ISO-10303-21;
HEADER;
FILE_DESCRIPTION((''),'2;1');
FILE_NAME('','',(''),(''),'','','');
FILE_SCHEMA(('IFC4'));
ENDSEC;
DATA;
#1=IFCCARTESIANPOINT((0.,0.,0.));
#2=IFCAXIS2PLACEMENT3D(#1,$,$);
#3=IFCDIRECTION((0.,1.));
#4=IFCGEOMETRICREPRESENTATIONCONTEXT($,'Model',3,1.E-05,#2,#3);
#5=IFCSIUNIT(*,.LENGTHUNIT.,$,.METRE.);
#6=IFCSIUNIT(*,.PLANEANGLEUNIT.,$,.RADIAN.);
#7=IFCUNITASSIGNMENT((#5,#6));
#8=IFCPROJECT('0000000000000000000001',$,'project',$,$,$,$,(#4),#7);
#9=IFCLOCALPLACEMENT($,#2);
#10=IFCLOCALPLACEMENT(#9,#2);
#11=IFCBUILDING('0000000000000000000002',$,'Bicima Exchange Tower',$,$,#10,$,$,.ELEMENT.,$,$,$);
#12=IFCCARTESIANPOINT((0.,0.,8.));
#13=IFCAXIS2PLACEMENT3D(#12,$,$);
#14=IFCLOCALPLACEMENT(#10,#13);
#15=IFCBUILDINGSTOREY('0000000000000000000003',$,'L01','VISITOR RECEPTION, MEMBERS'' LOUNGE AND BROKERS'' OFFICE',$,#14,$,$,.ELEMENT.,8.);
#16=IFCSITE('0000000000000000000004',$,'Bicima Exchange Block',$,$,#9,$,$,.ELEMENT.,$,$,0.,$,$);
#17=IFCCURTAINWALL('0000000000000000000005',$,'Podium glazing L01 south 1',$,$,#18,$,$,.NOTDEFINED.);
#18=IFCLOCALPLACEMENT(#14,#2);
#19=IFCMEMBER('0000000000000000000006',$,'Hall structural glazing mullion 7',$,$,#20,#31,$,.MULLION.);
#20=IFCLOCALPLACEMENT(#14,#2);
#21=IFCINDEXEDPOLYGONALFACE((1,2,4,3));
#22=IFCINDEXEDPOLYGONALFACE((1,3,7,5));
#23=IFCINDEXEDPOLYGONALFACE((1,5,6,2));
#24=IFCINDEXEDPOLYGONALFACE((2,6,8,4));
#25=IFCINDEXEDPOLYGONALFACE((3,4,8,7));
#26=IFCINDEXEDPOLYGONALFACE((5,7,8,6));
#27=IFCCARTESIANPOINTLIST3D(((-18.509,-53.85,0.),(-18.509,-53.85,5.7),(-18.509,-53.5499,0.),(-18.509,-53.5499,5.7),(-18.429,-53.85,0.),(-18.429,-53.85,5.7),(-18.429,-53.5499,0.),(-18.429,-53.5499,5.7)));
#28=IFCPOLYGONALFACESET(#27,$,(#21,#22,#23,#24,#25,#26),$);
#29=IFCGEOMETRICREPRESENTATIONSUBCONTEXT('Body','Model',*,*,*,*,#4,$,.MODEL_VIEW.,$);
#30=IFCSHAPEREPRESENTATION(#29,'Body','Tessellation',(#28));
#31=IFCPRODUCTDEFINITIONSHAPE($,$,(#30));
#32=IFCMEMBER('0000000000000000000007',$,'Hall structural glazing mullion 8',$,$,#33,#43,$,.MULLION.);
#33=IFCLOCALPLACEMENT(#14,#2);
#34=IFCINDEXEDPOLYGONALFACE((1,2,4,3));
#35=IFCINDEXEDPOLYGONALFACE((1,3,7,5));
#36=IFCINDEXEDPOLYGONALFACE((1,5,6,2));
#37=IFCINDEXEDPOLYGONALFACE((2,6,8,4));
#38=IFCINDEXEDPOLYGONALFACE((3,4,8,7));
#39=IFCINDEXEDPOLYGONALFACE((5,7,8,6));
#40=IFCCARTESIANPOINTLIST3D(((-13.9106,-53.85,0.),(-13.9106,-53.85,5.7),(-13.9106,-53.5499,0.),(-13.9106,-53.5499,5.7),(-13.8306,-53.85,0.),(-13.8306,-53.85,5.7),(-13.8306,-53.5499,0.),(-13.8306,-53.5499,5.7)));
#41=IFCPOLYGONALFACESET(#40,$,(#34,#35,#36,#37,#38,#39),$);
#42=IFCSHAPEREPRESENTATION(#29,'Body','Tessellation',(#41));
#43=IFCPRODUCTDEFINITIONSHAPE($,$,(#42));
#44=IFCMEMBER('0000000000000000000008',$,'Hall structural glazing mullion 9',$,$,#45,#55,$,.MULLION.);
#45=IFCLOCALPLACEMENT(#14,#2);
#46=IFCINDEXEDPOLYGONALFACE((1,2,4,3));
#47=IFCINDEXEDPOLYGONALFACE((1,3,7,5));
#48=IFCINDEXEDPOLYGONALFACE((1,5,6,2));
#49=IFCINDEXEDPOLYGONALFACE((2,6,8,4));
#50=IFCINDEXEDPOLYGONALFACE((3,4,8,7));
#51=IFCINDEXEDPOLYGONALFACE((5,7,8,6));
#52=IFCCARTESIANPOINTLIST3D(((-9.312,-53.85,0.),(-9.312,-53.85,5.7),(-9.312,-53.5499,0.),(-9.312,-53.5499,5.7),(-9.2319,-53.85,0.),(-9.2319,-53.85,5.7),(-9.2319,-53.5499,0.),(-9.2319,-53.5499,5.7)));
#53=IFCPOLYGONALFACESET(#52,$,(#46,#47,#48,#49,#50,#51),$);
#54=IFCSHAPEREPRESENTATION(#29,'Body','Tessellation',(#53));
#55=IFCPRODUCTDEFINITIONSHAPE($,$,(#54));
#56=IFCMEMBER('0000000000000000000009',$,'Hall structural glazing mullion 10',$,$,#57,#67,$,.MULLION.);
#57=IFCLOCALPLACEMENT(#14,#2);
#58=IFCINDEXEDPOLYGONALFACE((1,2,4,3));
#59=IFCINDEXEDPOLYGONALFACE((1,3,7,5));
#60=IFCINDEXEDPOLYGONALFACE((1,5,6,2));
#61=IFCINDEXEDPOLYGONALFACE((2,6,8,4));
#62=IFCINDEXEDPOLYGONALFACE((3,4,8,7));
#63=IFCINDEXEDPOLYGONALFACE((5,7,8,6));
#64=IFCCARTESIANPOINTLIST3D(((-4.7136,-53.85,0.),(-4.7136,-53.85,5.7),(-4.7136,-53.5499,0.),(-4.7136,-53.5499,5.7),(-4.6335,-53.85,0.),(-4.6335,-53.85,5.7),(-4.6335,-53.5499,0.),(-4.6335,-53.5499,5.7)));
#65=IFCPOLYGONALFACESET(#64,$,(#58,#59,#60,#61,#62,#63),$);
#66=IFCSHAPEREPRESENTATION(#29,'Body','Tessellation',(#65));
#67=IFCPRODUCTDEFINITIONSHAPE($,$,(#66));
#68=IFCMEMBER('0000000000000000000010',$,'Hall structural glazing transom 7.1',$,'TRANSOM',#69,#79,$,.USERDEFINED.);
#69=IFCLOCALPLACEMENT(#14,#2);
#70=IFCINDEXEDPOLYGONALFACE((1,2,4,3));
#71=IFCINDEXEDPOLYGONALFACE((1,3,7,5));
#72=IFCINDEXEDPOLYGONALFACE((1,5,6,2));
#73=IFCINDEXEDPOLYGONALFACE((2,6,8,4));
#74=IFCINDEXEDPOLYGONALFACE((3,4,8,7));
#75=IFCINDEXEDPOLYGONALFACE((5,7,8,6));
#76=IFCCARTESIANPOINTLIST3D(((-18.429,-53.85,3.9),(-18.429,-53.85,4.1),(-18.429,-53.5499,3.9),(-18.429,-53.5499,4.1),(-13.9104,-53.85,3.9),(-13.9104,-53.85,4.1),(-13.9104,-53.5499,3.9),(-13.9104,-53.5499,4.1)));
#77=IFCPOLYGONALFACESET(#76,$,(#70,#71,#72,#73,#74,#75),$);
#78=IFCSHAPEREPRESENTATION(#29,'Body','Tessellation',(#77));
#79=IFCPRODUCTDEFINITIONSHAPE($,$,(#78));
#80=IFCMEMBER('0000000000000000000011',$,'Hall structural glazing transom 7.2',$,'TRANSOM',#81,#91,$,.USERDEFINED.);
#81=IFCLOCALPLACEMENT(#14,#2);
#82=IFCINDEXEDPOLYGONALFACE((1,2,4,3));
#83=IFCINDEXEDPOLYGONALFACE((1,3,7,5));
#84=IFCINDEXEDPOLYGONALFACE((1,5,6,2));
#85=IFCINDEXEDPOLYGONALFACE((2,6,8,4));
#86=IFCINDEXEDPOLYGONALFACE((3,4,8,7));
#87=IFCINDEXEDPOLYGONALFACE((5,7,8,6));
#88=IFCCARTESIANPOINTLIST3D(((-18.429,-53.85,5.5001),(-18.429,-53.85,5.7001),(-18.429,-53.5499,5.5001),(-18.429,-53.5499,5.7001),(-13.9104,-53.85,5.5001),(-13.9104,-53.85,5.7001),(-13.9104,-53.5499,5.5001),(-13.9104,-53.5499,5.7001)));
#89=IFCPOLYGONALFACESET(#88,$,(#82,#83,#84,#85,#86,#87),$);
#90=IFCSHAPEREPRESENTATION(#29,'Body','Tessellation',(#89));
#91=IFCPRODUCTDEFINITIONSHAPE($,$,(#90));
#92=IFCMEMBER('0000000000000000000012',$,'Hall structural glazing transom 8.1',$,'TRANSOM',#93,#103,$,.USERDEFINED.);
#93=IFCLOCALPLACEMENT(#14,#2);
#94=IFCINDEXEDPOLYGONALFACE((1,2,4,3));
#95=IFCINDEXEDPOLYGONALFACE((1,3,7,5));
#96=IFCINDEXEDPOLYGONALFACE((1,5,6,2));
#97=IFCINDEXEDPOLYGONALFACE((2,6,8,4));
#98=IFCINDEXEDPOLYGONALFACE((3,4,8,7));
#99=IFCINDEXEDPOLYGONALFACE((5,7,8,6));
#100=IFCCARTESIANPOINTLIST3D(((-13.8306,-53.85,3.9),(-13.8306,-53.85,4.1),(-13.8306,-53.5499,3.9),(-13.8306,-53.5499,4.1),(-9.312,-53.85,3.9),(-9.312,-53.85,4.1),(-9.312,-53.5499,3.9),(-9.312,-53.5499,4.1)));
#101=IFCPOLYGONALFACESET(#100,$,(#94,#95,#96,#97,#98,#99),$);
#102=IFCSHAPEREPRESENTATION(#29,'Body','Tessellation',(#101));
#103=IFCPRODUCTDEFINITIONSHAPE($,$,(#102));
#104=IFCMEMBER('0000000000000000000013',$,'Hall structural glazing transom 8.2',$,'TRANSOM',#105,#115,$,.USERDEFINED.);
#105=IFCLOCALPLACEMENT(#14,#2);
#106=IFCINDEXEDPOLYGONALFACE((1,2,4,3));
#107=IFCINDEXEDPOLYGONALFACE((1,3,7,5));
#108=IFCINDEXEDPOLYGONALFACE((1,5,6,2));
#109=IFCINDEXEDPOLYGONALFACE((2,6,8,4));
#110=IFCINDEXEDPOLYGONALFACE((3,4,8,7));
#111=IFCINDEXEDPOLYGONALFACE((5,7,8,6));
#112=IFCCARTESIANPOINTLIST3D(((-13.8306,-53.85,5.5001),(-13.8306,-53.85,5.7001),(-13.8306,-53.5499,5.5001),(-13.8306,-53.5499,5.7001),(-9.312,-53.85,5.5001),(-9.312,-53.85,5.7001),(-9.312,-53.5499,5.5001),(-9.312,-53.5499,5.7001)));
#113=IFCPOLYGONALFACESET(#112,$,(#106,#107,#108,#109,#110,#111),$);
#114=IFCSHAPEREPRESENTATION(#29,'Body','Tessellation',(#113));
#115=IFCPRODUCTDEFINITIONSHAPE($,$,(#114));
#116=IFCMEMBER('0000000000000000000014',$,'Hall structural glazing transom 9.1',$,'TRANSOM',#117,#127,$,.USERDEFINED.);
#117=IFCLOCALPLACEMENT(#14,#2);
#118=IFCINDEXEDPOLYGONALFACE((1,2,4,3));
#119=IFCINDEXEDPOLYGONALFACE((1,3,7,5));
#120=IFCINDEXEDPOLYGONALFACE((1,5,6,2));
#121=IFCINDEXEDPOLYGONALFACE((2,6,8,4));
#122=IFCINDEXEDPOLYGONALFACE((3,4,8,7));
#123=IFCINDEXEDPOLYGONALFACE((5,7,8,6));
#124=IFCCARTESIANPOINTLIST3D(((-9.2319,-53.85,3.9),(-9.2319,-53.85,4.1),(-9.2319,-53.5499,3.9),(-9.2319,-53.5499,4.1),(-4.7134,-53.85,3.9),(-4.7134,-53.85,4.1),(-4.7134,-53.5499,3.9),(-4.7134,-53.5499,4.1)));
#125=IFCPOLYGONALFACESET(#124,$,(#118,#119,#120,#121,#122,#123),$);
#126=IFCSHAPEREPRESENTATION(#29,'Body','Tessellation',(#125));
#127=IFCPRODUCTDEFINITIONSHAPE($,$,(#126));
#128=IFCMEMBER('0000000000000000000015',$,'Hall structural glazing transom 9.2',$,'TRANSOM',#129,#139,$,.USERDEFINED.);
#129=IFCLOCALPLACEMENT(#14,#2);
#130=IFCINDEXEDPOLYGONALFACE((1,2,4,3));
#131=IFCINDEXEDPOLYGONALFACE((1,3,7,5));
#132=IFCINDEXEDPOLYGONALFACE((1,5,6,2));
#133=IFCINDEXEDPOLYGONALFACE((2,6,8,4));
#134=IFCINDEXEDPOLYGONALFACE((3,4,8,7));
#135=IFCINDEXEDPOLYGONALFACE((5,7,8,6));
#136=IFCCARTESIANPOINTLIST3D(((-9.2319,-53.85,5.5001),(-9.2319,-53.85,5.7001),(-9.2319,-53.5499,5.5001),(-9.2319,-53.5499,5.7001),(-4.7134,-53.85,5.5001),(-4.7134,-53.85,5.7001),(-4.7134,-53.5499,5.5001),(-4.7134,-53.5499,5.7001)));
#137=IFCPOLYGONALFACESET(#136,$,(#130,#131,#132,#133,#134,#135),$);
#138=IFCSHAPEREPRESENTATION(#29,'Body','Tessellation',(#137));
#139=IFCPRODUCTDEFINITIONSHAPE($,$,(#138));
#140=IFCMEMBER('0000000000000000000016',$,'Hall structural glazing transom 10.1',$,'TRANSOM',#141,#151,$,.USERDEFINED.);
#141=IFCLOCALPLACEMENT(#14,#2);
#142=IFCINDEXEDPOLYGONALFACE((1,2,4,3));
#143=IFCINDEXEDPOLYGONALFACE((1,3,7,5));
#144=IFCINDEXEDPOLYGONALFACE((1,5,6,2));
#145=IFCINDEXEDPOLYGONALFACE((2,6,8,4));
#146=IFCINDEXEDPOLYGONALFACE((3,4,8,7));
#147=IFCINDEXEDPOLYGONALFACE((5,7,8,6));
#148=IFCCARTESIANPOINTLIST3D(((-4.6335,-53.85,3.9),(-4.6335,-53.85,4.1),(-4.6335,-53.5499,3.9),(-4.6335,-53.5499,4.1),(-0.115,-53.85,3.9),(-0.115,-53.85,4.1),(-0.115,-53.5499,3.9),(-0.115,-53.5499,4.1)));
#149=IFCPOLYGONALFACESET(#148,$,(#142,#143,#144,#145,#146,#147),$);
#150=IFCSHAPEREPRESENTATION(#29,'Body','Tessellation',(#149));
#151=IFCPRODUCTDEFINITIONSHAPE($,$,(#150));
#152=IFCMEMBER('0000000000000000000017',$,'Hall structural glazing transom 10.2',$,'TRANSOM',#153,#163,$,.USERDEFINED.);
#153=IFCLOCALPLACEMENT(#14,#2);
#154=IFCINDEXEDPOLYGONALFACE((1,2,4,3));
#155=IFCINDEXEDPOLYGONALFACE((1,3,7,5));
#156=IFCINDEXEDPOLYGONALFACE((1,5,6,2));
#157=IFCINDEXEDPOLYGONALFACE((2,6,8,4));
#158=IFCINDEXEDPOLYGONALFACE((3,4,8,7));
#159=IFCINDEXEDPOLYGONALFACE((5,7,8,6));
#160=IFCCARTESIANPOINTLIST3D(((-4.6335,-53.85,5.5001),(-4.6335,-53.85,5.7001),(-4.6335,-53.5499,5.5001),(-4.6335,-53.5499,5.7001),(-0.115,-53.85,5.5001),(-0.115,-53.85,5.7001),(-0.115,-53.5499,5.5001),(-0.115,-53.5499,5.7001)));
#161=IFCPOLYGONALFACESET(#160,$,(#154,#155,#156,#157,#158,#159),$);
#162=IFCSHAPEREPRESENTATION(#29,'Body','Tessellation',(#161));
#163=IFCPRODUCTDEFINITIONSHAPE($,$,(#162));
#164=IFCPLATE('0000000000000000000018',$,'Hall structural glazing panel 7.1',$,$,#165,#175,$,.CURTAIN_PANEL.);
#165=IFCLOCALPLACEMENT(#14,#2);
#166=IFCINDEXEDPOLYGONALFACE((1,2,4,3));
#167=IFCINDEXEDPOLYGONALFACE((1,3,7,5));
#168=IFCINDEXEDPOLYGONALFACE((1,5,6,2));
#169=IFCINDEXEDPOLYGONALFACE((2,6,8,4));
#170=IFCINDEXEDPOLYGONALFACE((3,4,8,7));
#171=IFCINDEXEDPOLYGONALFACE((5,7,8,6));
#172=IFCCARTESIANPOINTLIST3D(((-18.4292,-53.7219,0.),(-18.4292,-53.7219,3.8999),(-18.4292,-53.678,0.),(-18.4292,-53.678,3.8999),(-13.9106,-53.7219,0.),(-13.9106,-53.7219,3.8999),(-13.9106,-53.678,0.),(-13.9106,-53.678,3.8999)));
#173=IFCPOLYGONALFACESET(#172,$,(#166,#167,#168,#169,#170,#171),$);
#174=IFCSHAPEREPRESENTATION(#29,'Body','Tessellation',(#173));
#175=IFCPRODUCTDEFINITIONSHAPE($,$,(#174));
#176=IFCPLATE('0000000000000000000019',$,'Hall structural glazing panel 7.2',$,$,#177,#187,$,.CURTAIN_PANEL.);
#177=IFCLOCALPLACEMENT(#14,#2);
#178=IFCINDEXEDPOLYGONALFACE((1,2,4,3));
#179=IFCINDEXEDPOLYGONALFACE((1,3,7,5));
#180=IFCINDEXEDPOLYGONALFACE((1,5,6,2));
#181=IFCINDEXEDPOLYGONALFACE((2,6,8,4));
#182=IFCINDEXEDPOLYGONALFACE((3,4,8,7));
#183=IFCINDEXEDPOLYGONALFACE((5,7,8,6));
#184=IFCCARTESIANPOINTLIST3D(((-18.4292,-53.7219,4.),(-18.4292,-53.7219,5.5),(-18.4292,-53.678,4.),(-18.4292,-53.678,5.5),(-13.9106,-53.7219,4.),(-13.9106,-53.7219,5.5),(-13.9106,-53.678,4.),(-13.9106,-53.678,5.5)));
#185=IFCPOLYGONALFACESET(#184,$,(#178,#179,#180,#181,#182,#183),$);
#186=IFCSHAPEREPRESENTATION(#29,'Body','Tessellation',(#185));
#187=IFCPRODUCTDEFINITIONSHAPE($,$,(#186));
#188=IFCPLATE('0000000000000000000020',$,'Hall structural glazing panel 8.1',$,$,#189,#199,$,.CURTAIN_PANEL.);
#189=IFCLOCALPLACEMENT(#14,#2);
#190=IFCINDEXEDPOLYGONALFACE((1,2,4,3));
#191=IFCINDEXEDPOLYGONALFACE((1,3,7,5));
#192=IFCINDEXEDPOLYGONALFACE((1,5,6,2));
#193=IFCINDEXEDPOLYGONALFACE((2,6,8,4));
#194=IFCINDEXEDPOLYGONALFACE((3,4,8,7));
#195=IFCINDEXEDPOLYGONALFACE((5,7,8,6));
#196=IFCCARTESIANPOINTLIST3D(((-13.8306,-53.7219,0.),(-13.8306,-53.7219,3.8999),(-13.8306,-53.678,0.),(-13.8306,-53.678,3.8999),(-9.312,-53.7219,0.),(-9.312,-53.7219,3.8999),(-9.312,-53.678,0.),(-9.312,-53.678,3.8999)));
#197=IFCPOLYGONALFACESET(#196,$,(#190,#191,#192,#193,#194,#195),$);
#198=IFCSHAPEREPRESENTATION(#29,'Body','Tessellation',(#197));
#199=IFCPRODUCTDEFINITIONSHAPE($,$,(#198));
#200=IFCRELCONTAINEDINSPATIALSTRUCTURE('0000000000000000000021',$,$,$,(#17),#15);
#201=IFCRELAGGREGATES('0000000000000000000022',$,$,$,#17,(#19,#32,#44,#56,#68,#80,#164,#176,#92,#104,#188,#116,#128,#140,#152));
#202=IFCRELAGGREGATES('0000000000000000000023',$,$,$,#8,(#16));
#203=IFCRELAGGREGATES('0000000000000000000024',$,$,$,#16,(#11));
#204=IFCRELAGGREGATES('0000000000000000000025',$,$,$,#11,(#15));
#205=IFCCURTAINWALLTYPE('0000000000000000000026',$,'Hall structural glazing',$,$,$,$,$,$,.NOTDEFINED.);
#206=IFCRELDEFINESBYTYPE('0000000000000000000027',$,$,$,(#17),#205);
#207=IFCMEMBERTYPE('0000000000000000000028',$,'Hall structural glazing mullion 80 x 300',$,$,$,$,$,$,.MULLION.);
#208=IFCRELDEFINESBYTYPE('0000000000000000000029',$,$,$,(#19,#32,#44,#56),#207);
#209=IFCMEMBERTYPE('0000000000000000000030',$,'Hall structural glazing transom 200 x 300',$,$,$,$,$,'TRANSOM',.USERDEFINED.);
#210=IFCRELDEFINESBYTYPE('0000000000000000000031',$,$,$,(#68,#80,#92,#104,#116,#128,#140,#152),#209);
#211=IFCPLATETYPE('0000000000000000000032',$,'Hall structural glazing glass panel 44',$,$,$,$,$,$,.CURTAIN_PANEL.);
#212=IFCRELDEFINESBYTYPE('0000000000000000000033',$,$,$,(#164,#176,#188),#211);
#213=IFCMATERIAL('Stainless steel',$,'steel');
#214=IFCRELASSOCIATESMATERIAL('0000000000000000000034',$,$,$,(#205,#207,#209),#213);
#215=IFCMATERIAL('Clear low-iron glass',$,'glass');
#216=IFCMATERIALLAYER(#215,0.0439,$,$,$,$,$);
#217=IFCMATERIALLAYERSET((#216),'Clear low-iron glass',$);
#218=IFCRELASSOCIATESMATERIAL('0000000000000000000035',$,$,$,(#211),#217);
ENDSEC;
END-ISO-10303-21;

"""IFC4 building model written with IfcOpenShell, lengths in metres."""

from ifc_helpers import new_model, si_unit, direction, frame, origin, origin_2d, place, context, subcontext, project, spatial, rectangle, extrude, material, layer, layer_set, material_profile, profile_set, type_object, element, aggregate, save


model = new_model("IFC4")

# Units and contexts
model_context = context("Model", 3, precision=1e-05, world=origin(), true_north=direction((0.0, 1.0)))
body_context = subcontext(model_context, "Body", "Model", "MODEL_VIEW")
ifc_project = project(units=[si_unit("LENGTHUNIT", "METRE"), si_unit("PLANEANGLEUNIT", "RADIAN")], contexts=[model_context])

# Site, building, storey
site_placement = place(None, origin())
site = spatial("IfcSite", under=ifc_project, at=site_placement, Name="Bicima Exchange Block", CompositionType="ELEMENT", RefElevation=0.0)
building_placement = place(site_placement, origin())
building = spatial("IfcBuilding", under=site, at=building_placement, Name="Bicima Exchange Tower", CompositionType="ELEMENT")
storey_placement = place(building_placement, frame((0.0, 0.0, 8.0)))
storey = spatial("IfcBuildingStorey", under=building, at=storey_placement, Name="L01", Description="VISITOR RECEPTION, MEMBERS' LOUNGE AND BROKERS' OFFICE", CompositionType="ELEMENT", Elevation=8.0)

# Curtain wall, members, plates
ifc_material_1 = material(Name="Stainless steel", Category="steel")
curtain_wall_type = type_object("IfcCurtainWallType", Name="Hall structural glazing", PredefinedType="NOTDEFINED", material=ifc_material_1)
curtain_wall_placement = place(storey_placement, origin())
curtain_wall = element("IfcCurtainWall", 1, at=curtain_wall_placement, inside=storey, type_object=curtain_wall_type, Name="Podium glazing L01 south 1", PredefinedType="NOTDEFINED")
ifc_material_profile_1 = material_profile(ifc_material_1, rectangle(XDim=0.3, YDim=0.0801, at=origin_2d()))
ifc_profile_set_1 = profile_set([ifc_material_profile_1], Name="Stainless steel")
member_type_1 = type_object("IfcMemberType", Name="Hall structural glazing mullion 80 x 300", PredefinedType="MULLION", material=ifc_profile_set_1)
member_1_placement = place(storey_placement, frame((-18.469, -53.7, 0.0), z_axis=(0.0, 0.0, 1.0), x_axis=(0.0, 1.0, 0.0)))
member_1 = element("IfcMember", 2, at=member_1_placement, type_object=member_type_1, Name="Hall structural glazing mullion 7", PredefinedType="MULLION", context=body_context, shape_type="SweptSolid", body=[
    extrude(rectangle(XDim=0.3, YDim=0.0801, at=origin_2d()), origin(), (0.0, 0.0, 1.0), 5.7),
])
member_2_placement = place(storey_placement, frame((-13.8706, -53.7, 0.0), z_axis=(0.0, 0.0, 1.0), x_axis=(0.0, 1.0, 0.0)))
member_2 = element("IfcMember", 3, at=member_2_placement, type_object=member_type_1, Name="Hall structural glazing mullion 8", PredefinedType="MULLION", context=body_context, shape_type="SweptSolid", body=[
    extrude(rectangle(XDim=0.3, YDim=0.0801, at=origin_2d()), origin(), (0.0, 0.0, 1.0), 5.7),
])
member_3_placement = place(storey_placement, frame((-9.272, -53.7, 0.0), z_axis=(0.0, 0.0, 1.0), x_axis=(0.0, 1.0, 0.0)))
member_3 = element("IfcMember", 4, at=member_3_placement, type_object=member_type_1, Name="Hall structural glazing mullion 9", PredefinedType="MULLION", context=body_context, shape_type="SweptSolid", body=[
    extrude(rectangle(XDim=0.3, YDim=0.0801, at=origin_2d()), origin(), (0.0, 0.0, 1.0), 5.7),
])
member_4_placement = place(storey_placement, frame((-4.6736, -53.7, 0.0), z_axis=(0.0, 0.0, 1.0), x_axis=(0.0, 1.0, 0.0)))
member_4 = element("IfcMember", 5, at=member_4_placement, type_object=member_type_1, Name="Hall structural glazing mullion 10", PredefinedType="MULLION", context=body_context, shape_type="SweptSolid", body=[
    extrude(rectangle(XDim=0.3, YDim=0.0801, at=origin_2d()), origin(), (0.0, 0.0, 1.0), 5.7),
])
ifc_material_profile_2 = material_profile(ifc_material_1, rectangle(XDim=0.3, YDim=0.2, at=origin_2d()))
ifc_profile_set_2 = profile_set([ifc_material_profile_2], Name="Stainless steel")
member_type_2 = type_object("IfcMemberType", Name="Hall structural glazing transom 200 x 300", ElementType="TRANSOM", PredefinedType="USERDEFINED", material=ifc_profile_set_2)
member_5_placement = place(storey_placement, frame((-18.429, -53.7, 4.0), z_axis=(1.0, 0.0, 0.0), x_axis=(0.0, 1.0, 0.0)))
member_5 = element("IfcMember", 6, at=member_5_placement, type_object=member_type_2, Name="Hall structural glazing transom 7.1", ObjectType="TRANSOM", PredefinedType="USERDEFINED", context=body_context, shape_type="SweptSolid", body=[
    extrude(rectangle(XDim=0.3, YDim=0.2, at=origin_2d()), origin(), (0.0, 0.0, 1.0), 4.5186),
])
member_6_placement = place(storey_placement, frame((-18.429, -53.7, 5.6001), z_axis=(1.0, 0.0, 0.0), x_axis=(0.0, 1.0, 0.0)))
member_6 = element("IfcMember", 7, at=member_6_placement, type_object=member_type_2, Name="Hall structural glazing transom 7.2", ObjectType="TRANSOM", PredefinedType="USERDEFINED", context=body_context, shape_type="SweptSolid", body=[
    extrude(rectangle(XDim=0.3, YDim=0.2, at=origin_2d()), origin(), (0.0, 0.0, 1.0), 4.5186),
])
member_7_placement = place(storey_placement, frame((-13.8306, -53.7, 4.0), z_axis=(1.0, 0.0, 0.0), x_axis=(0.0, 1.0, 0.0)))
member_7 = element("IfcMember", 8, at=member_7_placement, type_object=member_type_2, Name="Hall structural glazing transom 8.1", ObjectType="TRANSOM", PredefinedType="USERDEFINED", context=body_context, shape_type="SweptSolid", body=[
    extrude(rectangle(XDim=0.3, YDim=0.2, at=origin_2d()), origin(), (0.0, 0.0, 1.0), 4.5186),
])
member_8_placement = place(storey_placement, frame((-13.8306, -53.7, 5.6001), z_axis=(1.0, 0.0, 0.0), x_axis=(0.0, 1.0, 0.0)))
member_8 = element("IfcMember", 9, at=member_8_placement, type_object=member_type_2, Name="Hall structural glazing transom 8.2", ObjectType="TRANSOM", PredefinedType="USERDEFINED", context=body_context, shape_type="SweptSolid", body=[
    extrude(rectangle(XDim=0.3, YDim=0.2, at=origin_2d()), origin(), (0.0, 0.0, 1.0), 4.5186),
])
member_9_placement = place(storey_placement, frame((-9.2319, -53.7, 4.0), z_axis=(1.0, 0.0, 0.0), x_axis=(0.0, 1.0, 0.0)))
member_9 = element("IfcMember", 10, at=member_9_placement, type_object=member_type_2, Name="Hall structural glazing transom 9.1", ObjectType="TRANSOM", PredefinedType="USERDEFINED", context=body_context, shape_type="SweptSolid", body=[
    extrude(rectangle(XDim=0.3, YDim=0.2, at=origin_2d()), origin(), (0.0, 0.0, 1.0), 4.5186),
])
member_10_placement = place(storey_placement, frame((-9.2319, -53.7, 5.6001), z_axis=(1.0, 0.0, 0.0), x_axis=(0.0, 1.0, 0.0)))
member_10 = element("IfcMember", 11, at=member_10_placement, type_object=member_type_2, Name="Hall structural glazing transom 9.2", ObjectType="TRANSOM", PredefinedType="USERDEFINED", context=body_context, shape_type="SweptSolid", body=[
    extrude(rectangle(XDim=0.3, YDim=0.2, at=origin_2d()), origin(), (0.0, 0.0, 1.0), 4.5186),
])
member_11_placement = place(storey_placement, frame((-4.6335, -53.7, 4.0), z_axis=(1.0, 0.0, 0.0), x_axis=(0.0, 1.0, 0.0)))
member_11 = element("IfcMember", 12, at=member_11_placement, type_object=member_type_2, Name="Hall structural glazing transom 10.1", ObjectType="TRANSOM", PredefinedType="USERDEFINED", context=body_context, shape_type="SweptSolid", body=[
    extrude(rectangle(XDim=0.3, YDim=0.2, at=origin_2d()), origin(), (0.0, 0.0, 1.0), 4.5186),
])
member_12_placement = place(storey_placement, frame((-4.6335, -53.7, 5.6001), z_axis=(1.0, 0.0, 0.0), x_axis=(0.0, 1.0, 0.0)))
member_12 = element("IfcMember", 13, at=member_12_placement, type_object=member_type_2, Name="Hall structural glazing transom 10.2", ObjectType="TRANSOM", PredefinedType="USERDEFINED", context=body_context, shape_type="SweptSolid", body=[
    extrude(rectangle(XDim=0.3, YDim=0.2, at=origin_2d()), origin(), (0.0, 0.0, 1.0), 4.5186),
])
ifc_material_2 = material(Name="Clear low-iron glass", Category="glass")
ifc_layer = layer(ifc_material_2, 0.0439)
ifc_layer_set = layer_set([ifc_layer], Name="Clear low-iron glass")
plate_type = type_object("IfcPlateType", Name="Hall structural glazing glass panel 44", PredefinedType="CURTAIN_PANEL", material=ifc_layer_set)
plate_1_placement = place(storey_placement, frame((-16.1699, -53.7, 0.0), z_axis=(0.0, 0.0, 1.0), x_axis=(1.0, 0.0, 0.0)))
plate_1 = element("IfcPlate", 14, at=plate_1_placement, type_object=plate_type, Name="Hall structural glazing panel 7.1", PredefinedType="CURTAIN_PANEL", context=body_context, shape_type="SweptSolid", body=[
    extrude(rectangle(XDim=4.5186, YDim=0.0439, at=origin_2d()), origin(), (0.0, 0.0, 1.0), 3.8999),
])
plate_2_placement = place(storey_placement, frame((-16.1699, -53.7, 4.0), z_axis=(0.0, 0.0, 1.0), x_axis=(1.0, 0.0, 0.0)))
plate_2 = element("IfcPlate", 15, at=plate_2_placement, type_object=plate_type, Name="Hall structural glazing panel 7.2", PredefinedType="CURTAIN_PANEL", context=body_context, shape_type="SweptSolid", body=[
    extrude(rectangle(XDim=4.5186, YDim=0.0439, at=origin_2d()), origin(), (0.0, 0.0, 1.0), 1.5),
])
plate_3_placement = place(storey_placement, frame((-11.5713, -53.7, 0.0), z_axis=(0.0, 0.0, 1.0), x_axis=(1.0, 0.0, 0.0)))
plate_3 = element("IfcPlate", 16, at=plate_3_placement, type_object=plate_type, Name="Hall structural glazing panel 8.1", PredefinedType="CURTAIN_PANEL", context=body_context, shape_type="SweptSolid", body=[
    extrude(rectangle(XDim=4.5186, YDim=0.0439, at=origin_2d()), origin(), (0.0, 0.0, 1.0), 3.8999),
])
aggregate(curtain_wall, [member_1, member_2, member_3, member_4, member_5, member_6, plate_1, plate_2, member_7, member_8, plate_3, member_9, member_10, member_11, member_12])

save(model, "model.ifc")
